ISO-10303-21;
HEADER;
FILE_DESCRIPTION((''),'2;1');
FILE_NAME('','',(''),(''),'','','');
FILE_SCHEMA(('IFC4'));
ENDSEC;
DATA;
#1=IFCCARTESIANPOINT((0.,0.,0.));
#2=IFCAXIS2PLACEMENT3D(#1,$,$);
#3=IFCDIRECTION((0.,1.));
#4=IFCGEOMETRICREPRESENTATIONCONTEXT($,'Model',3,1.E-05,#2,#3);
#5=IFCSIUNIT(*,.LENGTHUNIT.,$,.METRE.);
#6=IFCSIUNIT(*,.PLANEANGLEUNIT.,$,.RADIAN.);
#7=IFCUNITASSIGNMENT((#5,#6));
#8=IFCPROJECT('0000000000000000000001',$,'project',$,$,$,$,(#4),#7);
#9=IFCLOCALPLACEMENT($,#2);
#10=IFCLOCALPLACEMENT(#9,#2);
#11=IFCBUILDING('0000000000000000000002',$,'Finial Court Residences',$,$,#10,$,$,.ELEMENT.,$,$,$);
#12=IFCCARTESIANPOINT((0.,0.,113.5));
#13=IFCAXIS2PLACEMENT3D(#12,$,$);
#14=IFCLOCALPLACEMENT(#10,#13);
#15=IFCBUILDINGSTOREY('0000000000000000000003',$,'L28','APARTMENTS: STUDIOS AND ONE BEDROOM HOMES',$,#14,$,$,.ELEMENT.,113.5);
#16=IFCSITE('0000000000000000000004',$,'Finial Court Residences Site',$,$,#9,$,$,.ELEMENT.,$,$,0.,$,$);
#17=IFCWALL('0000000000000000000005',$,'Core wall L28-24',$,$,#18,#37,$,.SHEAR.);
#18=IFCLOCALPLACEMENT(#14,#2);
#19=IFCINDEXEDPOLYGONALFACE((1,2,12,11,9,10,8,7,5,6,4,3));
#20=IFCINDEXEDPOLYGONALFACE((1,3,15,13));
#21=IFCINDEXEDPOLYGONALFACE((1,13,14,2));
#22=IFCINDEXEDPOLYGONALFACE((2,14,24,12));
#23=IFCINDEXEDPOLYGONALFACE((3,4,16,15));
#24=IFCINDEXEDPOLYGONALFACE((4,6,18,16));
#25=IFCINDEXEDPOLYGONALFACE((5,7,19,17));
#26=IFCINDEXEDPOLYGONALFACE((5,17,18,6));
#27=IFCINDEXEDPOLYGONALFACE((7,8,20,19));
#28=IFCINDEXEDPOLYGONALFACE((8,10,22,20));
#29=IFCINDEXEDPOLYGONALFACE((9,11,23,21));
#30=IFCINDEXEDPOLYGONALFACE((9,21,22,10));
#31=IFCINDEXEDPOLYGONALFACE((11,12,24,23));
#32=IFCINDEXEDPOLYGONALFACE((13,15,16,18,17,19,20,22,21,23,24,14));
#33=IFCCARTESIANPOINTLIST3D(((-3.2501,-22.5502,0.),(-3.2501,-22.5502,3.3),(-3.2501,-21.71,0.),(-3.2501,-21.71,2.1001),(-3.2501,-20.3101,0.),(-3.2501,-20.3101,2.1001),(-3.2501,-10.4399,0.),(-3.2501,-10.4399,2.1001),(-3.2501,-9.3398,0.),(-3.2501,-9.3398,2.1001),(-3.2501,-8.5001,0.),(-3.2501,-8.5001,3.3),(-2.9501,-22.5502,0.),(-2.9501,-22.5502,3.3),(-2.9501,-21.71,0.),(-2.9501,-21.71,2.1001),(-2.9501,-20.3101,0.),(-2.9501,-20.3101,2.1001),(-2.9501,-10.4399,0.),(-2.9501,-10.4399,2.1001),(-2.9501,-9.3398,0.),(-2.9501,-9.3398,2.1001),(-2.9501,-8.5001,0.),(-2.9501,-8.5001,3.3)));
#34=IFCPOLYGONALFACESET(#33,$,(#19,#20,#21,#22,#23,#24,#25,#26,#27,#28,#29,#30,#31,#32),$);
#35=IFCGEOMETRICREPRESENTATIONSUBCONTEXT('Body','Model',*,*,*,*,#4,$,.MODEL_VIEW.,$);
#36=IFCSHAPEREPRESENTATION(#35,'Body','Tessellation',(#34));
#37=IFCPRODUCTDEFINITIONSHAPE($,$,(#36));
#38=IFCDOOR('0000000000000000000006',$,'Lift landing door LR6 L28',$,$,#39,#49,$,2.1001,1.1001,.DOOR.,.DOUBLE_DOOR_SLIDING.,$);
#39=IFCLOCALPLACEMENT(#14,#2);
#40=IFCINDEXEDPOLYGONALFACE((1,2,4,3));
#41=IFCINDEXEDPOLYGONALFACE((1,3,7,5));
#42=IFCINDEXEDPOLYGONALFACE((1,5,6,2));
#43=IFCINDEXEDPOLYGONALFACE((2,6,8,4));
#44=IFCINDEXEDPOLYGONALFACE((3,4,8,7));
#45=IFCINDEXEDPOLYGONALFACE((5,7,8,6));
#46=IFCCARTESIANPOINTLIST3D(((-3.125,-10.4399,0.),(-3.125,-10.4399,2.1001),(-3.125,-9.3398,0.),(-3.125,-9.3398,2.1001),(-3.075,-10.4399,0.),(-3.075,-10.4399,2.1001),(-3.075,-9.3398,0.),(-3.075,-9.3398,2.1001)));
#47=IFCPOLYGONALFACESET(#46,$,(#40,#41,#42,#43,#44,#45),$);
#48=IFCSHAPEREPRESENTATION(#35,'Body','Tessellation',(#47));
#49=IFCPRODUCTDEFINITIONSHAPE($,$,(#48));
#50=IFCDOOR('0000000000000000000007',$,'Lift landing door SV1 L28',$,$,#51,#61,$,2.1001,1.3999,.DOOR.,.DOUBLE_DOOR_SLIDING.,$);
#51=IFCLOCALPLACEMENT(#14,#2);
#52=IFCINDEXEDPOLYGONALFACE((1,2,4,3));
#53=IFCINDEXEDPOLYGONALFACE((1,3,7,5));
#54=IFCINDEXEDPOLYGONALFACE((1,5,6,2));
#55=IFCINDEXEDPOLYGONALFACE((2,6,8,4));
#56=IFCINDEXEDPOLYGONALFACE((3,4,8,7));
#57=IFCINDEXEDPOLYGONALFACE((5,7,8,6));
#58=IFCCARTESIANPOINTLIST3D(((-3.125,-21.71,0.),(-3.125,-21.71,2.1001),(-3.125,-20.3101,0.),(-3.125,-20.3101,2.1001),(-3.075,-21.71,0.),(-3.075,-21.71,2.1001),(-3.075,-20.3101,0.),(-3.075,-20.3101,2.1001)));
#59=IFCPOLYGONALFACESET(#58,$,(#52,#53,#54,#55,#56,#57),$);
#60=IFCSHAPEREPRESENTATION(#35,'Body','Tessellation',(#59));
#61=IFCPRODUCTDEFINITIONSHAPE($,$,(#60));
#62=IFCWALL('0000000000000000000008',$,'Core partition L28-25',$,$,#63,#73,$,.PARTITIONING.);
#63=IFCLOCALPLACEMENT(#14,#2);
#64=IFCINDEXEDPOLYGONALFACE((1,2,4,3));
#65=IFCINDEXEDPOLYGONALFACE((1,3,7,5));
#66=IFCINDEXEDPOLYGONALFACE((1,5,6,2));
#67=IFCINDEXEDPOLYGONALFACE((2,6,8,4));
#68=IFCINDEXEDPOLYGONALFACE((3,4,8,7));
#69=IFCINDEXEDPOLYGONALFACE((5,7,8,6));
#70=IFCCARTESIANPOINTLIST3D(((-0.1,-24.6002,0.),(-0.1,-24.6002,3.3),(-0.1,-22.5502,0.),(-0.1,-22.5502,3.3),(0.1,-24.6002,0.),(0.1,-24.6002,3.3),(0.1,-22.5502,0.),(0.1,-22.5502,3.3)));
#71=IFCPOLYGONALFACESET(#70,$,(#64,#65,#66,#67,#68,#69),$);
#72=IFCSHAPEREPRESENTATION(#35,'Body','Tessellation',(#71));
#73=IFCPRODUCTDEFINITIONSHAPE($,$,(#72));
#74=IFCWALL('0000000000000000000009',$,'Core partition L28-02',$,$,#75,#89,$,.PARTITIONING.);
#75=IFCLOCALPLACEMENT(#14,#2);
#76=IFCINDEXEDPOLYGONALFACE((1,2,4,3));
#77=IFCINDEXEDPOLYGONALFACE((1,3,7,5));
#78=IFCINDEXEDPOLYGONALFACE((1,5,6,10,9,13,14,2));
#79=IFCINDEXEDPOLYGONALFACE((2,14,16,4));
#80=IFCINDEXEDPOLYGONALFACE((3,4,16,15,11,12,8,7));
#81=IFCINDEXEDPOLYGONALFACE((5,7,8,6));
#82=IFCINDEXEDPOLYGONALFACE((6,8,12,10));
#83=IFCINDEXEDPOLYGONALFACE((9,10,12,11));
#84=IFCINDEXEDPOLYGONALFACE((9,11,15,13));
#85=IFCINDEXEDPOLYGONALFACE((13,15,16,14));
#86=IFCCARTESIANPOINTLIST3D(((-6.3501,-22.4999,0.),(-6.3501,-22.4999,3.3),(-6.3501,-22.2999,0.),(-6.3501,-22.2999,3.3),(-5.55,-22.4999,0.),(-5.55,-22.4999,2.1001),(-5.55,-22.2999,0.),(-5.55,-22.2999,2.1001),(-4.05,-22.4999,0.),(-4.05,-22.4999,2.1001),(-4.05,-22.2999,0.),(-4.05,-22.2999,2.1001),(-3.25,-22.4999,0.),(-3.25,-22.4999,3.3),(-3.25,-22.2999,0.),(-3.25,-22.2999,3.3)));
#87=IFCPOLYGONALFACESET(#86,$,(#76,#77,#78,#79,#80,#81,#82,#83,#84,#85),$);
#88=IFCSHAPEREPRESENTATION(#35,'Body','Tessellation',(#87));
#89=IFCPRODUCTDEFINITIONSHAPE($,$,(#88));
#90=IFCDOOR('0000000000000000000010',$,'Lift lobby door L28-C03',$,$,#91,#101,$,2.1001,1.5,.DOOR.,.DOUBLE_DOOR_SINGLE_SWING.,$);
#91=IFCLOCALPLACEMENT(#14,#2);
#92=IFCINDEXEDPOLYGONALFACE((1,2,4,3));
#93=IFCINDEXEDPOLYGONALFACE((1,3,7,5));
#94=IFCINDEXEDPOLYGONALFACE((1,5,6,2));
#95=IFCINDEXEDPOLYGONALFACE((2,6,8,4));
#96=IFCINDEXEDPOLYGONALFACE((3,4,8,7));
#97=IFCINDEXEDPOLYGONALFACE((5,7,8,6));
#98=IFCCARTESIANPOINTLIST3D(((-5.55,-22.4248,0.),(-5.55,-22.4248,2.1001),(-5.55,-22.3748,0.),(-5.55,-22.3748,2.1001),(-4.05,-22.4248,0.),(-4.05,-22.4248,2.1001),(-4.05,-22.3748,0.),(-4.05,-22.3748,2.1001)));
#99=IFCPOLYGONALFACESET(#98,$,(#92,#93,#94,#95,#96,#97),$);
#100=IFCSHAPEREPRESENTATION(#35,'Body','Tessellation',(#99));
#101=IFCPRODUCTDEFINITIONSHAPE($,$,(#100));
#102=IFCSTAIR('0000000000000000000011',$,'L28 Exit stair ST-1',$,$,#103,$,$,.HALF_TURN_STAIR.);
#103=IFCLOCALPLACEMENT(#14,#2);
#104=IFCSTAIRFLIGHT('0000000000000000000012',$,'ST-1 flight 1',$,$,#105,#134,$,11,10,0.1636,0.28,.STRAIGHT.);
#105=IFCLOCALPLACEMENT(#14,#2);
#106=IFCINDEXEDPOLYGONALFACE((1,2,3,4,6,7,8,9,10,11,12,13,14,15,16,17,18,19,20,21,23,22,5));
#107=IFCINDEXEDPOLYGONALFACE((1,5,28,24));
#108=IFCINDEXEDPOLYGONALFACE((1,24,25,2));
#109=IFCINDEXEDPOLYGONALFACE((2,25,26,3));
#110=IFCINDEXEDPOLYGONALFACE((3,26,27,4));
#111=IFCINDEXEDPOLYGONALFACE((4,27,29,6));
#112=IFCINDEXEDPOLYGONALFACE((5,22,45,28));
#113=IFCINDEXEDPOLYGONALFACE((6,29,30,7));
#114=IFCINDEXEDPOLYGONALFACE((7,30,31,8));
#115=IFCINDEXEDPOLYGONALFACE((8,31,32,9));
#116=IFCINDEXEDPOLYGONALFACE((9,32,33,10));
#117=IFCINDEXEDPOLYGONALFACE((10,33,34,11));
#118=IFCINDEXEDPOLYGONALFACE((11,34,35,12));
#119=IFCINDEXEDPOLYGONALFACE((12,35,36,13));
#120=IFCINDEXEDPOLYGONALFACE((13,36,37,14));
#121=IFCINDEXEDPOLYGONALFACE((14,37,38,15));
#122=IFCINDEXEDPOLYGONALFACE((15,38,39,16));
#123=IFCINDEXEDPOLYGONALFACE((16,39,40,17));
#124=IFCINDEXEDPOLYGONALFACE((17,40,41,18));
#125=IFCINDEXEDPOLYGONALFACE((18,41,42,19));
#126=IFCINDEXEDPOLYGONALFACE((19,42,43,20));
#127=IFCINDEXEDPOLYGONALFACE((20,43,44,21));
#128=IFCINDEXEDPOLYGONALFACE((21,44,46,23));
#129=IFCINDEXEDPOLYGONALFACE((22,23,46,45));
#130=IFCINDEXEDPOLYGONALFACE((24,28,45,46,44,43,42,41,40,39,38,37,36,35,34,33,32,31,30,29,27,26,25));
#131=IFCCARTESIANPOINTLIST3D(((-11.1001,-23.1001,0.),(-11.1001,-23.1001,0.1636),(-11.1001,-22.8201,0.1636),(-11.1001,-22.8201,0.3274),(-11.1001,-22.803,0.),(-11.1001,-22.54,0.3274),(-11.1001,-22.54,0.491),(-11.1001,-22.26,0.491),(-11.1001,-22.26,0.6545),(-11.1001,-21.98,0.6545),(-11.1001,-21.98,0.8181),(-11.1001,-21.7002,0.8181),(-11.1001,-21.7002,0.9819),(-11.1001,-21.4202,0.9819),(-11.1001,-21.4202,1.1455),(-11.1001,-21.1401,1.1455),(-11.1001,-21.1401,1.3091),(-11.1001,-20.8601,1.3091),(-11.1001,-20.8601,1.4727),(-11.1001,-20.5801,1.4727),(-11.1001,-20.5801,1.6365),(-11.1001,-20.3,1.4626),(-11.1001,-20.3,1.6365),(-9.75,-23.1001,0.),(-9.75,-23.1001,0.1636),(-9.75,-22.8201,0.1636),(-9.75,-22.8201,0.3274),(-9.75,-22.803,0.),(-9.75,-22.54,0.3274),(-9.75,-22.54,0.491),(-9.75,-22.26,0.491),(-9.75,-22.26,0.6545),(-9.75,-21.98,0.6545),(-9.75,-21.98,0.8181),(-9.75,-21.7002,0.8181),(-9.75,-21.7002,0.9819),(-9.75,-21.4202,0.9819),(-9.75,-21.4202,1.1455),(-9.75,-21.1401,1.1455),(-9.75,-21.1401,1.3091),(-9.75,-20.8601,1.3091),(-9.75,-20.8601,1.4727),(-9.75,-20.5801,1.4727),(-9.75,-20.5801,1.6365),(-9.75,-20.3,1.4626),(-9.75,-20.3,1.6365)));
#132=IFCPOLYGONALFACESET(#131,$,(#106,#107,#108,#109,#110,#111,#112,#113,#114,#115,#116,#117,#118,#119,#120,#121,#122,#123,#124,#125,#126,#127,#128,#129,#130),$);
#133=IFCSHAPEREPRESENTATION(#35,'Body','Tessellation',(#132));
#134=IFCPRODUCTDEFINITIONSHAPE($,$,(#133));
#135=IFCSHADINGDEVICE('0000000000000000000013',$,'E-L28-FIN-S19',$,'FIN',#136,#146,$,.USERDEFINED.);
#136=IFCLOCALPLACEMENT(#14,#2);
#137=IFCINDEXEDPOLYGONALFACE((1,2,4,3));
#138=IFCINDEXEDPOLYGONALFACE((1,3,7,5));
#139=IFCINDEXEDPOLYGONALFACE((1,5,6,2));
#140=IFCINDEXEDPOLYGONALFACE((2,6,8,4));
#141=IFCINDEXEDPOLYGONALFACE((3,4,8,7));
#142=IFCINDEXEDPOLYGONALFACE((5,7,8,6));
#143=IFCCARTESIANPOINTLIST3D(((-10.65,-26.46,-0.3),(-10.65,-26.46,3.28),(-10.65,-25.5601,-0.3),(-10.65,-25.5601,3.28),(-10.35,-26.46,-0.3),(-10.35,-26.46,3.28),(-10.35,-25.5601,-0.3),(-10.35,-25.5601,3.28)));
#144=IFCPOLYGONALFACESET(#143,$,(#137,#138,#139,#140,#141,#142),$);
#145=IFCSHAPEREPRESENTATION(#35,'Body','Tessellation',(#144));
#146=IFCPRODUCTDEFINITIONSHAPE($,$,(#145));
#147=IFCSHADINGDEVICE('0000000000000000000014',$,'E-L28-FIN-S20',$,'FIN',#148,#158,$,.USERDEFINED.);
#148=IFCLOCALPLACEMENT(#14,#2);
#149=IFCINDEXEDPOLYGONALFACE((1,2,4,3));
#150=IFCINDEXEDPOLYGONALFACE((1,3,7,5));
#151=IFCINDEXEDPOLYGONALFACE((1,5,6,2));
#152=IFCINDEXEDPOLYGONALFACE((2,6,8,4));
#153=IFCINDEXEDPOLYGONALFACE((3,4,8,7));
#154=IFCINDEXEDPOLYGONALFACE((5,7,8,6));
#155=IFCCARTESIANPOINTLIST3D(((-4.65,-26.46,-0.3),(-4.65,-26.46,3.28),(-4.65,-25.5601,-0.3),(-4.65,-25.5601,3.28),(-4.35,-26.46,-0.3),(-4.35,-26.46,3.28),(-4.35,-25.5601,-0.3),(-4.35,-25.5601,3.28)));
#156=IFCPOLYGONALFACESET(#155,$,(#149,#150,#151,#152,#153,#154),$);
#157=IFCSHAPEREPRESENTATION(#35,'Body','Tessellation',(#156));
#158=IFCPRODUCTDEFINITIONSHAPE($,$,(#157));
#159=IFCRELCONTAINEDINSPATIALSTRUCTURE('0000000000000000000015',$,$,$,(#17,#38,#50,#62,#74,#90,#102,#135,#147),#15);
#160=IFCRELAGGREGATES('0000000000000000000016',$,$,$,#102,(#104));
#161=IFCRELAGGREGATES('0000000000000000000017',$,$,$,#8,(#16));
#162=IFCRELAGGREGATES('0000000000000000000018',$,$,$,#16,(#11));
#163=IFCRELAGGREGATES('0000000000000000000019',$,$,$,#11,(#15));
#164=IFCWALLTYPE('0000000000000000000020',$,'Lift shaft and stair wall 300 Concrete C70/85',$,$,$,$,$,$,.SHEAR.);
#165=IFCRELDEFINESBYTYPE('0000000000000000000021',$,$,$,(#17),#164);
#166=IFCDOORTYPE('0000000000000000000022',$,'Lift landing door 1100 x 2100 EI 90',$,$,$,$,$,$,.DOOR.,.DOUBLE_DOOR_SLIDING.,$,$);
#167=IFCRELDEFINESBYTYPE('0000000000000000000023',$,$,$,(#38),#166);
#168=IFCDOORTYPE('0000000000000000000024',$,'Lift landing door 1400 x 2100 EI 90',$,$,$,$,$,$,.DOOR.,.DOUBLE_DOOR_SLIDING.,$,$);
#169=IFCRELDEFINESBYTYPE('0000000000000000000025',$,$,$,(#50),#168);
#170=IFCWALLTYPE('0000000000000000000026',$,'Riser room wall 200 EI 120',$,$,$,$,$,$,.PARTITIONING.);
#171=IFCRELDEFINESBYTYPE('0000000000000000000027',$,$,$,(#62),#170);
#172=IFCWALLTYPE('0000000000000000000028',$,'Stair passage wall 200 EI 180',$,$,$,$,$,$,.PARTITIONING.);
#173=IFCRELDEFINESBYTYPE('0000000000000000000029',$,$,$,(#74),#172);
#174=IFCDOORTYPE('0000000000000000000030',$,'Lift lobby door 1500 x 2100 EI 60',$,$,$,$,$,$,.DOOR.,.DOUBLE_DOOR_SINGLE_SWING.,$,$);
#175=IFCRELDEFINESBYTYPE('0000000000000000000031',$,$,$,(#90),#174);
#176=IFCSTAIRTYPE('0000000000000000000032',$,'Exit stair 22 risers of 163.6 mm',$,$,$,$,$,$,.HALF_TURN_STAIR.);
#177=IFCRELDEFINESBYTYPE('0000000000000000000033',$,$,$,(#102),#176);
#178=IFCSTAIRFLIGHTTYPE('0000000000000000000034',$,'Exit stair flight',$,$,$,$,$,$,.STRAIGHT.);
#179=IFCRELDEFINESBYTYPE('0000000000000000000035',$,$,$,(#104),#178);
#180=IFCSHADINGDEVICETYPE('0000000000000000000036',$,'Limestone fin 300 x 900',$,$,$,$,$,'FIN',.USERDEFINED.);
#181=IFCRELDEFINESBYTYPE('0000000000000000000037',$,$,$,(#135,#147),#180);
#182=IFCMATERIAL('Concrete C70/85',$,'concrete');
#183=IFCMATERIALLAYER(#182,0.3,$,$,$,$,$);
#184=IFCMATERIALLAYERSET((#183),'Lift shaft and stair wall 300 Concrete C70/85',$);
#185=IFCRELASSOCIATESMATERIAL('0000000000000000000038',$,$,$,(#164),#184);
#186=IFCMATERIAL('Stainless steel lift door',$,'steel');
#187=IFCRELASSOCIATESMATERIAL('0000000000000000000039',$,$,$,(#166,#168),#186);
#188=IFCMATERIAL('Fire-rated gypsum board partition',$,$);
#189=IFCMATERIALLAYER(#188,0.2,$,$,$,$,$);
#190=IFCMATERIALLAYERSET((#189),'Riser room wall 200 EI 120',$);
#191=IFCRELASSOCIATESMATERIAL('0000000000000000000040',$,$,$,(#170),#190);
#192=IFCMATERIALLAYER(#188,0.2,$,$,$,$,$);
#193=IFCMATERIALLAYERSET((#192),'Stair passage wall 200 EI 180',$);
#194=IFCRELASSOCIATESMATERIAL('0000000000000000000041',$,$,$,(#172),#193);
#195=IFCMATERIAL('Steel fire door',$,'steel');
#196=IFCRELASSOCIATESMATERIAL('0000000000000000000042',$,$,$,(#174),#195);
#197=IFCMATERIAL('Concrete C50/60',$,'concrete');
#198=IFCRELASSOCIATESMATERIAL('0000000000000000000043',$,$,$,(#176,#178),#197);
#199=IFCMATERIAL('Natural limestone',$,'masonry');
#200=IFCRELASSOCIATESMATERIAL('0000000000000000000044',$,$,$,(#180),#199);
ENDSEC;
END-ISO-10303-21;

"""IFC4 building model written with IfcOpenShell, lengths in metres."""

from ifc_helpers import new_model, si_unit, direction, frame, frame_2d, origin, origin_2d, place, context, subcontext, project, spatial, polyline, rectangle, outline, extrude, material, layer, layer_set, type_object, element, fill, aggregate, save


model = new_model("IFC4")

# Units and contexts
model_context = context("Model", 3, precision=1e-05, world=origin(), true_north=direction((0.0, 1.0)))
body_context = subcontext(model_context, "Body", "Model", "MODEL_VIEW")
ifc_project = project(units=[si_unit("LENGTHUNIT", "METRE"), si_unit("PLANEANGLEUNIT", "RADIAN")], contexts=[model_context])

# Site, building, storey
site_placement = place(None, origin())
site = spatial("IfcSite", under=ifc_project, at=site_placement, Name="Finial Court Residences Site", CompositionType="ELEMENT", RefElevation=0.0)
building_placement = place(site_placement, origin())
building = spatial("IfcBuilding", under=site, at=building_placement, Name="Finial Court Residences", CompositionType="ELEMENT")
storey_placement = place(building_placement, frame((0.0, 0.0, 113.5)))
storey = spatial("IfcBuildingStorey", under=building, at=storey_placement, Name="L28", Description="APARTMENTS: STUDIOS AND ONE BEDROOM HOMES", CompositionType="ELEMENT", Elevation=113.5)

# Shared definitions
ifc_material_1 = material(Name="Concrete C70/85", Category="concrete")
ifc_layer_1 = layer(ifc_material_1, 0.3)
ifc_layer_set_1 = layer_set([ifc_layer_1], Name="Lift shaft and stair wall 300 Concrete C70/85")
wall_type_1 = type_object("IfcWallType", Name="Lift shaft and stair wall 300 Concrete C70/85", PredefinedType="SHEAR", material=ifc_layer_set_1)

# Shared definitions
ifc_material_2 = material(Name="Steel fire door", Category="steel")

# Wall, openings, doors
ifc_material_3 = material(Name="Stainless steel lift door", Category="steel")
door_type_1 = type_object("IfcDoorType", Name="Lift landing door 1100 x 2100 EI 90", OperationType="DOUBLE_DOOR_SLIDING", PredefinedType="DOOR", material=ifc_material_3)
wall_1_placement = place(storey_placement, frame((-3.1001, -22.55, 0.0), z_axis=(0.0, 0.0, 1.0), x_axis=(0.0, 1.0, 0.0)))
wall_1 = element("IfcWall", 1, at=wall_1_placement, inside=storey, type_object=wall_type_1, Name="Core wall L28-24", PredefinedType="SHEAR", context=body_context, shape_type="SweptSolid", body=[
    extrude(rectangle(XDim=14.05, YDim=0.3, at=frame_2d((7.0249, 0.0))), origin(), (0.0, 0.0, 1.0), 3.3),
])
opening_1_placement = place(wall_1_placement, frame((12.1101, 0.0, 0.0)))
opening_1 = element("IfcOpeningElement", 2, at=opening_1_placement, cuts=wall_1, PredefinedType="OPENING", context=body_context, shape_type="SweptSolid", body=[
    extrude(rectangle(XDim=1.1001, YDim=2.1001, at=frame_2d((0.55, 1.05))), frame((0.0, 0.1599, 0.0), z_axis=(0.0, -1.0, 0.0), x_axis=(1.0, 0.0, 0.0)), (0.0, 0.0, 1.0), 0.3201),
])
opening_2_placement = place(wall_1_placement, frame((0.8401, 0.0, 0.0)))
opening_2 = element("IfcOpeningElement", 3, at=opening_2_placement, cuts=wall_1, PredefinedType="OPENING", context=body_context, shape_type="SweptSolid", body=[
    extrude(rectangle(XDim=1.3999, YDim=2.1001, at=frame_2d((0.7, 1.05))), frame((0.0, 0.1599, 0.0), z_axis=(0.0, -1.0, 0.0), x_axis=(1.0, 0.0, 0.0)), (0.0, 0.0, 1.0), 0.3201),
])
door_1_placement = place(opening_1_placement, origin())
door_1 = element("IfcDoor", 4, at=door_1_placement, inside=storey, type_object=door_type_1, Name="Lift landing door LR6 L28", OperationType="DOUBLE_DOOR_SLIDING", OverallHeight=2.1001, OverallWidth=1.1001, PredefinedType="DOOR", context=body_context, shape_type="SweptSolid", body=[
    extrude(rectangle(XDim=1.1001, YDim=2.1001, at=frame_2d((0.55, 1.05))), frame((0.0, 0.0249, 0.0), z_axis=(0.0, -1.0, 0.0), x_axis=(1.0, 0.0, 0.0)), (0.0, 0.0, 1.0), 0.05),
])
fill(opening_1, door_1)
door_type_2 = type_object("IfcDoorType", Name="Lift landing door 1400 x 2100 EI 90", OperationType="DOUBLE_DOOR_SLIDING", PredefinedType="DOOR", material=ifc_material_3)
door_2_placement = place(opening_2_placement, origin())
door_2 = element("IfcDoor", 5, at=door_2_placement, inside=storey, type_object=door_type_2, Name="Lift landing door SV1 L28", OperationType="DOUBLE_DOOR_SLIDING", OverallHeight=2.1001, OverallWidth=1.3999, PredefinedType="DOOR", context=body_context, shape_type="SweptSolid", body=[
    extrude(rectangle(XDim=1.3999, YDim=2.1001, at=frame_2d((0.7, 1.05))), frame((0.0, 0.0249, 0.0), z_axis=(0.0, -1.0, 0.0), x_axis=(1.0, 0.0, 0.0)), (0.0, 0.0, 1.0), 0.05),
])
fill(opening_2, door_2)

# Wall
ifc_material_4 = material(Name="Fire-rated gypsum board partition")
ifc_layer_2 = layer(ifc_material_4, 0.2)
ifc_layer_set_2 = layer_set([ifc_layer_2], Name="Riser room wall 200 EI 120")
wall_type_2 = type_object("IfcWallType", Name="Riser room wall 200 EI 120", PredefinedType="PARTITIONING", material=ifc_layer_set_2)
wall_2_placement = place(storey_placement, frame((0.0, -24.6001, 0.0), z_axis=(0.0, 0.0, 1.0), x_axis=(0.0, 1.0, 0.0)))
element("IfcWall", 6, at=wall_2_placement, inside=storey, type_object=wall_type_2, Name="Core partition L28-25", PredefinedType="PARTITIONING", context=body_context, shape_type="SweptSolid", body=[
    extrude(rectangle(XDim=2.05, YDim=0.2, at=frame_2d((1.0249, 0.0))), origin(), (0.0, 0.0, 1.0), 3.3),
])

# Wall, opening, door
ifc_layer_3 = layer(ifc_material_4, 0.2)
ifc_layer_set_3 = layer_set([ifc_layer_3], Name="Stair passage wall 200 EI 180")
wall_type_3 = type_object("IfcWallType", Name="Stair passage wall 200 EI 180", PredefinedType="PARTITIONING", material=ifc_layer_set_3)
wall_3_placement = place(storey_placement, frame((-3.25, -22.3999, 0.0), z_axis=(0.0, 0.0, 1.0), x_axis=(-1.0, 0.0, 0.0)))
wall_3 = element("IfcWall", 7, at=wall_3_placement, inside=storey, type_object=wall_type_3, Name="Core partition L28-02", PredefinedType="PARTITIONING", context=body_context, shape_type="SweptSolid", body=[
    extrude(rectangle(XDim=3.1001, YDim=0.2, at=frame_2d((1.55, 0.0))), origin(), (0.0, 0.0, 1.0), 3.3),
])
opening_3_placement = place(wall_3_placement, frame((0.8, 0.0, 0.0)))
opening_3 = element("IfcOpeningElement", 8, at=opening_3_placement, cuts=wall_3, PredefinedType="OPENING", context=body_context, shape_type="SweptSolid", body=[
    extrude(rectangle(XDim=1.5, YDim=2.1001, at=frame_2d((0.75, 1.05))), frame((0.0, 0.1099, 0.0), z_axis=(0.0, -1.0, 0.0), x_axis=(1.0, 0.0, 0.0)), (0.0, 0.0, 1.0), 0.22),
])
door_type_3 = type_object("IfcDoorType", Name="Lift lobby door 1500 x 2100 EI 60", OperationType="DOUBLE_DOOR_SINGLE_SWING", PredefinedType="DOOR", material=ifc_material_2)
door_3_placement = place(opening_3_placement, origin())
door_3 = element("IfcDoor", 9, at=door_3_placement, inside=storey, type_object=door_type_3, Name="Lift lobby door L28-C03", OperationType="DOUBLE_DOOR_SINGLE_SWING", OverallHeight=2.1001, OverallWidth=1.5, PredefinedType="DOOR", context=body_context, shape_type="SweptSolid", body=[
    extrude(rectangle(XDim=1.5, YDim=2.1001, at=frame_2d((0.75, 1.05))), frame((0.0, 0.0249, 0.0), z_axis=(0.0, -1.0, 0.0), x_axis=(1.0, 0.0, 0.0)), (0.0, 0.0, 1.0), 0.05),
])
fill(opening_3, door_3)

# Stair, stair flight
ifc_material_5 = material(Name="Concrete C50/60", Category="concrete")
stair_type = type_object("IfcStairType", Name="Exit stair 22 risers of 163.6 mm", PredefinedType="HALF_TURN_STAIR", material=ifc_material_5)
stair_placement = place(storey_placement, origin())
stair = element("IfcStair", 10, at=stair_placement, inside=storey, type_object=stair_type, Name="L28 Exit stair ST-1", PredefinedType="HALF_TURN_STAIR")
stair_flight_type = type_object("IfcStairFlightType", Name="Exit stair flight", PredefinedType="STRAIGHT", material=ifc_material_5)
stair_flight_placement = place(storey_placement, frame((-10.425, -23.1001, 0.0), z_axis=(0.0, 0.0, 1.0), x_axis=(0.0, 1.0, 0.0)))
stair_flight = element("IfcStairFlight", 11, at=stair_flight_placement, type_object=stair_flight_type, Name="ST-1 flight 1", NumberOfRisers=11, NumberOfTreads=10, PredefinedType="STRAIGHT", RiserHeight=0.1636, TreadLength=0.28, context=body_context, shape_type="SweptSolid", body=[
    extrude(outline(polyline([(0.0, 0.0), (0.0, 0.1636), (0.28, 0.1636), (0.28, 0.3274), (0.5601, 0.3274), (0.5601, 0.491), (0.8401, 0.491), (0.8401, 0.6545), (1.1201, 0.6545), (1.1201, 0.8181), (1.3999, 0.8181), (1.3999, 0.9819), (1.6799, 0.9819), (1.6799, 1.1455), (1.96, 1.1455), (1.96, 1.3091), (2.24, 1.3091), (2.24, 1.4727), (2.52, 1.4727), (2.52, 1.6365), (2.8, 1.6365), (2.8, 1.8), (2.8, 1.4626), (0.2971, 0.0), (0.0, 0.0)])), frame((0.0, 0.675, 0.0), z_axis=(0.0, -1.0, 0.0), x_axis=(1.0, 0.0, 0.0)), (0.0, 0.0, 1.0), 1.3501),
])
aggregate(stair, [stair_flight])

# Shading devices
ifc_material_6 = material(Name="Natural limestone", Category="masonry")
shading_device_type = type_object("IfcShadingDeviceType", Name="Limestone fin 300 x 900", ElementType="FIN", PredefinedType="USERDEFINED", material=ifc_material_6)
for number, where, z_axis, x_axis, name in (
    (12, (-10.5, -26.01, -0.3), (0.0, 0.0, 1.0), (1.0, 0.0, 0.0), "E-L28-FIN-S19"),
    (13, (-4.5, -26.01, -0.3), (0.0, 0.0, 1.0), (1.0, 0.0, 0.0), "E-L28-FIN-S20"),
):
    element("IfcShadingDevice", number, at=place(storey_placement, frame(where, z_axis=z_axis, x_axis=x_axis)), inside=storey, type_object=shading_device_type, Name=name, ObjectType="FIN", PredefinedType="USERDEFINED", context=body_context, shape_type="SweptSolid", body=[
        extrude(rectangle(XDim=0.3, YDim=0.8999, at=origin_2d()), origin(), (0.0, 0.0, 1.0), 3.5801),
    ])

save(model, "model.ifc")
